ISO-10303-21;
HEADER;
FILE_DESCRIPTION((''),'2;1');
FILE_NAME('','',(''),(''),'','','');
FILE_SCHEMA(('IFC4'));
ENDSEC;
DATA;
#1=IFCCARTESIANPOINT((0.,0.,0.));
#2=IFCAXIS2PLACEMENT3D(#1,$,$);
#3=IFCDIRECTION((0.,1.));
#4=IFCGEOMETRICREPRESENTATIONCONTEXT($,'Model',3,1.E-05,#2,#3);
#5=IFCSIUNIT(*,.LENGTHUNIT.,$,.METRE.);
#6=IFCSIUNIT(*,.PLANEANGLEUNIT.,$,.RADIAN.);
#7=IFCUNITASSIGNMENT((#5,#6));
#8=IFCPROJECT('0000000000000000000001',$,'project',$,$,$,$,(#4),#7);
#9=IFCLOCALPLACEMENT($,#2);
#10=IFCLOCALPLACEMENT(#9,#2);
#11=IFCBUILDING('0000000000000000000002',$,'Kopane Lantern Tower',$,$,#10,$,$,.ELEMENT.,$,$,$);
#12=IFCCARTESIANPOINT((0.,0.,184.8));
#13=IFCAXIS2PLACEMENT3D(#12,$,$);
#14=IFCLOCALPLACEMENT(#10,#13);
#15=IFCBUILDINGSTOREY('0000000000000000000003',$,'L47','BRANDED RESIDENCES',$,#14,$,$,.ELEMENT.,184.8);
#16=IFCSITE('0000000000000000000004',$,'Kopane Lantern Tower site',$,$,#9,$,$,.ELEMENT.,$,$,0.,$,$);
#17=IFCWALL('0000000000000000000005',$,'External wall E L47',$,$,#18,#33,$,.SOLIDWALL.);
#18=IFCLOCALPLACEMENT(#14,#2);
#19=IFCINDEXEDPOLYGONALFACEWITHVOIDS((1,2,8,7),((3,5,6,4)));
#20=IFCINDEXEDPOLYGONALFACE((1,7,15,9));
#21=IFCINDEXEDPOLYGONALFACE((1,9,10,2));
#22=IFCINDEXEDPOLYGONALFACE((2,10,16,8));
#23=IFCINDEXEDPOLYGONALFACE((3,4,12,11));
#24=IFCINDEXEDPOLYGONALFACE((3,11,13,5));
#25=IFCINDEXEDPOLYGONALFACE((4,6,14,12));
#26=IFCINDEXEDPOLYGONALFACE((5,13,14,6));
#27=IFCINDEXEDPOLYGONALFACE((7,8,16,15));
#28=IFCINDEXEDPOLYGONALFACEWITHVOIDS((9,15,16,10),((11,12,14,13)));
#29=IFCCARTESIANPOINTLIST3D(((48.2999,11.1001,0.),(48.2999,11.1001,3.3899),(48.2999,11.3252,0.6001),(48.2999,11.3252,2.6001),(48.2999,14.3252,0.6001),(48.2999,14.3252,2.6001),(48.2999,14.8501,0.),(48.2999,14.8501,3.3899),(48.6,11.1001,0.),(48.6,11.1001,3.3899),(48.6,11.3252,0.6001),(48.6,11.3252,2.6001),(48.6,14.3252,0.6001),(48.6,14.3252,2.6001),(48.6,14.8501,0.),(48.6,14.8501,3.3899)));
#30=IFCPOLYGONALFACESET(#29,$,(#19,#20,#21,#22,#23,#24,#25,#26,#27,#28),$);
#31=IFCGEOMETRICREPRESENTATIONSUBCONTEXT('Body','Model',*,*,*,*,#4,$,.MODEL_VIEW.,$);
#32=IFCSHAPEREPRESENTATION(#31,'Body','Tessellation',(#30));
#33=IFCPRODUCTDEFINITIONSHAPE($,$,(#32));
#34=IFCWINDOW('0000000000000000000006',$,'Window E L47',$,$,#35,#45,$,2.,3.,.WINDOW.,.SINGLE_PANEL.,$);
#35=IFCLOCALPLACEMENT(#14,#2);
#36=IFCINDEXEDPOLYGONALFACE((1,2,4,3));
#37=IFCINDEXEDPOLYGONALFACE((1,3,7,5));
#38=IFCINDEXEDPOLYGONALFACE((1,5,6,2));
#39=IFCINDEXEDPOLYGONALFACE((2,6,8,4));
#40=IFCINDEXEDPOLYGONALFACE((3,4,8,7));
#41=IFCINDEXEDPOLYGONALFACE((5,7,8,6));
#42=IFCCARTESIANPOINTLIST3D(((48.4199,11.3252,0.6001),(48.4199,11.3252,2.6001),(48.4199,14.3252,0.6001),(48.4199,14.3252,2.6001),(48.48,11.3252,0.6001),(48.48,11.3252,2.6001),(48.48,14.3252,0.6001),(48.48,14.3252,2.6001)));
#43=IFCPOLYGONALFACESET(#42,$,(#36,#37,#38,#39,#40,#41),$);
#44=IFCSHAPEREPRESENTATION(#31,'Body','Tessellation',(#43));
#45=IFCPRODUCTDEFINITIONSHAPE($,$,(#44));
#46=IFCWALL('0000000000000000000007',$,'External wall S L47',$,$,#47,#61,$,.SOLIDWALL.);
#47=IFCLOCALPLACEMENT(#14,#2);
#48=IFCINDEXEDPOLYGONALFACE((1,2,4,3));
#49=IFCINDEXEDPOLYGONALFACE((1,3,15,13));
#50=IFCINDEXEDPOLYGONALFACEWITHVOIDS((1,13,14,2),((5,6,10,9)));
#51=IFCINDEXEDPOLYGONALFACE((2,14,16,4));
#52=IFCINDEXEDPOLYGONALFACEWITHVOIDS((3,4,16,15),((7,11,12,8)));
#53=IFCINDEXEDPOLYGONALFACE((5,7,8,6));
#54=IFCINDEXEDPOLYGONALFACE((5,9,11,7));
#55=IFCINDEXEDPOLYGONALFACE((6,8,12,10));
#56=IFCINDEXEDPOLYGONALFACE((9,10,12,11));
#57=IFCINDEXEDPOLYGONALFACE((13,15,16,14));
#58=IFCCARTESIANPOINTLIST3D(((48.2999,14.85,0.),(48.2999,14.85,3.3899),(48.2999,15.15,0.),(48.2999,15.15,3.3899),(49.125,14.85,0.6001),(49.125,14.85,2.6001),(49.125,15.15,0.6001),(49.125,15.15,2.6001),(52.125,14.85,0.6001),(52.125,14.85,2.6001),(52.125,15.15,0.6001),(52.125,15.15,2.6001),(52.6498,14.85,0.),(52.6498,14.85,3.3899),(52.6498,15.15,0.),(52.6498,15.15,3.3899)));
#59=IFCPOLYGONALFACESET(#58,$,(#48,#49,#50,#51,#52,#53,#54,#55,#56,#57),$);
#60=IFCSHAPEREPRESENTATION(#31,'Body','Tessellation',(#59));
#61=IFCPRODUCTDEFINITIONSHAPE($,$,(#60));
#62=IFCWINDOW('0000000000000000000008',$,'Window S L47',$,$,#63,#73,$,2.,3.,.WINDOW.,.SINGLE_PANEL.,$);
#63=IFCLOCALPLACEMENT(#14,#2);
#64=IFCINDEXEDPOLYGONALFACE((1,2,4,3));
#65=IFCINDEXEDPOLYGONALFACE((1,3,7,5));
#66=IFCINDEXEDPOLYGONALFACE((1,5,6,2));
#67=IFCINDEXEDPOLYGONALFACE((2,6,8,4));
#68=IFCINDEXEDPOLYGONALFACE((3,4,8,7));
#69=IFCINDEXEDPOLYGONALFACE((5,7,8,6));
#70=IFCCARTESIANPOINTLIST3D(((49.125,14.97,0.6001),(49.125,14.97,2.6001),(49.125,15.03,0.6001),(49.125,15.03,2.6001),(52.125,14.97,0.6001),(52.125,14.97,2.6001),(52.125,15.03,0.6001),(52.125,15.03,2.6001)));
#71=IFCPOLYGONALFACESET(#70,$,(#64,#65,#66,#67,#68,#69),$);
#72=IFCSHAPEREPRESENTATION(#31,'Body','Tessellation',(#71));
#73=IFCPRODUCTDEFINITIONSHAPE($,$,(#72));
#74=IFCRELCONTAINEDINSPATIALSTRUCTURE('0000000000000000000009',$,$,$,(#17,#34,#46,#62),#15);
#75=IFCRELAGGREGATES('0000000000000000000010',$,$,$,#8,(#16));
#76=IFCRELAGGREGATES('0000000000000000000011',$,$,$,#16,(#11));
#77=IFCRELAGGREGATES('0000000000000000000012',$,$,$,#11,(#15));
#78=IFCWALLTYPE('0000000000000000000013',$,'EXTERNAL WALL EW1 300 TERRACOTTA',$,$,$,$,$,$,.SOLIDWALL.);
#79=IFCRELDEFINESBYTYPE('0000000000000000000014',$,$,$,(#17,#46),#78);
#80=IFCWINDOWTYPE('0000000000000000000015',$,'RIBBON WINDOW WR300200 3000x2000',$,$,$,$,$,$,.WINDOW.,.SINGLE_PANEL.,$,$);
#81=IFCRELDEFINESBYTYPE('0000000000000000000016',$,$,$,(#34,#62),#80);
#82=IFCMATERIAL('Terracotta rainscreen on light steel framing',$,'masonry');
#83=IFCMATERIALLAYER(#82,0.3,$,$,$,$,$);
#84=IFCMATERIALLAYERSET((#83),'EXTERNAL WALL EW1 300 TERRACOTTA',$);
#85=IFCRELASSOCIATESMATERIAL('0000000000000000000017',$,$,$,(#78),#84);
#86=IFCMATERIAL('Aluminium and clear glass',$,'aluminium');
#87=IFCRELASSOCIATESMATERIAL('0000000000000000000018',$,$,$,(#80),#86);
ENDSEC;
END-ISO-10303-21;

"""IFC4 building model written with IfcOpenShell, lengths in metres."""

from ifc_helpers import new_model, si_unit, direction, frame, frame_2d, origin, place, context, subcontext, project, spatial, rectangle, extrude, material, layer, layer_set, type_object, element, fill, save


model = new_model("IFC4")

# Units and contexts
model_context = context("Model", 3, precision=1e-05, world=origin(), true_north=direction((0.0, 1.0)))
body_context = subcontext(model_context, "Body", "Model", "MODEL_VIEW")
ifc_project = project(units=[si_unit("LENGTHUNIT", "METRE"), si_unit("PLANEANGLEUNIT", "RADIAN")], contexts=[model_context])

# Site, building, storey
site_placement = place(None, origin())
site = spatial("IfcSite", under=ifc_project, at=site_placement, Name="Kopane Lantern Tower site", CompositionType="ELEMENT", RefElevation=0.0)
building_placement = place(site_placement, origin())
building = spatial("IfcBuilding", under=site, at=building_placement, Name="Kopane Lantern Tower", CompositionType="ELEMENT")
storey_placement = place(building_placement, frame((0.0, 0.0, 184.8)))
storey = spatial("IfcBuildingStorey", under=building, at=storey_placement, Name="L47", Description="BRANDED RESIDENCES", CompositionType="ELEMENT", Elevation=184.8)

# Walls, openings, windows
ifc_material_1 = material(Name="Terracotta rainscreen on light steel framing", Category="masonry")
ifc_layer_1 = layer(ifc_material_1, 0.3)
ifc_layer_set_1 = layer_set([ifc_layer_1], Name="EXTERNAL WALL EW1 300 TERRACOTTA")
wall_type_1 = type_object("IfcWallType", Name="EXTERNAL WALL EW1 300 TERRACOTTA", PredefinedType="SOLIDWALL", material=ifc_layer_set_1)
wall_1_placement = place(storey_placement, frame((48.45, 11.1001, 0.0), z_axis=(0.0, 0.0, 1.0), x_axis=(0.0, 1.0, 0.0)))
wall_1 = element("IfcWall", 1, at=wall_1_placement, inside=storey, type_object=wall_type_1, Name="External wall E L47", PredefinedType="SOLIDWALL", context=body_context, shape_type="SweptSolid", body=[
    extrude(rectangle(XDim=3.75, YDim=0.3, at=frame_2d((1.875, 0.0))), origin(), (0.0, 0.0, 1.0), 3.3899),
])
opening_1_placement = place(wall_1_placement, frame((0.2251, 0.0, 0.6001)))
opening_1 = element("IfcOpeningElement", 2, at=opening_1_placement, cuts=wall_1, PredefinedType="OPENING", context=body_context, shape_type="SweptSolid", body=[
    extrude(rectangle(XDim=3.0, YDim=2.0, at=frame_2d((1.5, 1.0))), frame((0.0, 0.1599, 0.0), z_axis=(0.0, -1.0, 0.0), x_axis=(1.0, 0.0, 0.0)), (0.0, 0.0, 1.0), 0.3201),
])
ifc_material_2 = material(Name="Aluminium and clear glass", Category="aluminium")
window_type = type_object("IfcWindowType", Name="RIBBON WINDOW WR300200 3000x2000", PartitioningType="SINGLE_PANEL", PredefinedType="WINDOW", material=ifc_material_2)
window_1_placement = place(opening_1_placement, origin())
window_1 = element("IfcWindow", 3, at=window_1_placement, inside=storey, type_object=window_type, Name="Window E L47", OverallHeight=2.0, OverallWidth=3.0, PartitioningType="SINGLE_PANEL", PredefinedType="WINDOW", context=body_context, shape_type="SweptSolid", body=[
    extrude(rectangle(XDim=3.0, YDim=2.0, at=frame_2d((1.5, 1.0))), frame((0.0, 0.03, 0.0), z_axis=(0.0, -1.0, 0.0), x_axis=(1.0, 0.0, 0.0)), (0.0, 0.0, 1.0), 0.0601),
])
fill(opening_1, window_1)
wall_2_placement = place(storey_placement, frame((48.3, 15.0, 0.0), z_axis=(0.0, 0.0, 1.0), x_axis=(1.0, 0.0, 0.0)))
wall_2 = element("IfcWall", 4, at=wall_2_placement, inside=storey, type_object=wall_type_1, Name="External wall S L47", PredefinedType="SOLIDWALL", context=body_context, shape_type="SweptSolid", body=[
    extrude(rectangle(XDim=4.3499, YDim=0.3, at=frame_2d((2.1748, 0.0))), origin(), (0.0, 0.0, 1.0), 3.3899),
])
opening_2_placement = place(wall_2_placement, frame((0.825, 0.0, 0.6001)))
opening_2 = element("IfcOpeningElement", 5, at=opening_2_placement, cuts=wall_2, PredefinedType="OPENING", context=body_context, shape_type="SweptSolid", body=[
    extrude(rectangle(XDim=3.0, YDim=2.0, at=frame_2d((1.5, 1.0))), frame((0.0, 0.1599, 0.0), z_axis=(0.0, -1.0, 0.0), x_axis=(1.0, 0.0, 0.0)), (0.0, 0.0, 1.0), 0.3201),
])
window_2_placement = place(opening_2_placement, origin())
window_2 = element("IfcWindow", 6, at=window_2_placement, inside=storey, type_object=window_type, Name="Window S L47", OverallHeight=2.0, OverallWidth=3.0, PartitioningType="SINGLE_PANEL", PredefinedType="WINDOW", context=body_context, shape_type="SweptSolid", body=[
    extrude(rectangle(XDim=3.0, YDim=2.0, at=frame_2d((1.5, 1.0))), frame((0.0, 0.03, 0.0), z_axis=(0.0, -1.0, 0.0), x_axis=(1.0, 0.0, 0.0)), (0.0, 0.0, 1.0), 0.0601),
])
fill(opening_2, window_2)

save(model, "model.ifc")
